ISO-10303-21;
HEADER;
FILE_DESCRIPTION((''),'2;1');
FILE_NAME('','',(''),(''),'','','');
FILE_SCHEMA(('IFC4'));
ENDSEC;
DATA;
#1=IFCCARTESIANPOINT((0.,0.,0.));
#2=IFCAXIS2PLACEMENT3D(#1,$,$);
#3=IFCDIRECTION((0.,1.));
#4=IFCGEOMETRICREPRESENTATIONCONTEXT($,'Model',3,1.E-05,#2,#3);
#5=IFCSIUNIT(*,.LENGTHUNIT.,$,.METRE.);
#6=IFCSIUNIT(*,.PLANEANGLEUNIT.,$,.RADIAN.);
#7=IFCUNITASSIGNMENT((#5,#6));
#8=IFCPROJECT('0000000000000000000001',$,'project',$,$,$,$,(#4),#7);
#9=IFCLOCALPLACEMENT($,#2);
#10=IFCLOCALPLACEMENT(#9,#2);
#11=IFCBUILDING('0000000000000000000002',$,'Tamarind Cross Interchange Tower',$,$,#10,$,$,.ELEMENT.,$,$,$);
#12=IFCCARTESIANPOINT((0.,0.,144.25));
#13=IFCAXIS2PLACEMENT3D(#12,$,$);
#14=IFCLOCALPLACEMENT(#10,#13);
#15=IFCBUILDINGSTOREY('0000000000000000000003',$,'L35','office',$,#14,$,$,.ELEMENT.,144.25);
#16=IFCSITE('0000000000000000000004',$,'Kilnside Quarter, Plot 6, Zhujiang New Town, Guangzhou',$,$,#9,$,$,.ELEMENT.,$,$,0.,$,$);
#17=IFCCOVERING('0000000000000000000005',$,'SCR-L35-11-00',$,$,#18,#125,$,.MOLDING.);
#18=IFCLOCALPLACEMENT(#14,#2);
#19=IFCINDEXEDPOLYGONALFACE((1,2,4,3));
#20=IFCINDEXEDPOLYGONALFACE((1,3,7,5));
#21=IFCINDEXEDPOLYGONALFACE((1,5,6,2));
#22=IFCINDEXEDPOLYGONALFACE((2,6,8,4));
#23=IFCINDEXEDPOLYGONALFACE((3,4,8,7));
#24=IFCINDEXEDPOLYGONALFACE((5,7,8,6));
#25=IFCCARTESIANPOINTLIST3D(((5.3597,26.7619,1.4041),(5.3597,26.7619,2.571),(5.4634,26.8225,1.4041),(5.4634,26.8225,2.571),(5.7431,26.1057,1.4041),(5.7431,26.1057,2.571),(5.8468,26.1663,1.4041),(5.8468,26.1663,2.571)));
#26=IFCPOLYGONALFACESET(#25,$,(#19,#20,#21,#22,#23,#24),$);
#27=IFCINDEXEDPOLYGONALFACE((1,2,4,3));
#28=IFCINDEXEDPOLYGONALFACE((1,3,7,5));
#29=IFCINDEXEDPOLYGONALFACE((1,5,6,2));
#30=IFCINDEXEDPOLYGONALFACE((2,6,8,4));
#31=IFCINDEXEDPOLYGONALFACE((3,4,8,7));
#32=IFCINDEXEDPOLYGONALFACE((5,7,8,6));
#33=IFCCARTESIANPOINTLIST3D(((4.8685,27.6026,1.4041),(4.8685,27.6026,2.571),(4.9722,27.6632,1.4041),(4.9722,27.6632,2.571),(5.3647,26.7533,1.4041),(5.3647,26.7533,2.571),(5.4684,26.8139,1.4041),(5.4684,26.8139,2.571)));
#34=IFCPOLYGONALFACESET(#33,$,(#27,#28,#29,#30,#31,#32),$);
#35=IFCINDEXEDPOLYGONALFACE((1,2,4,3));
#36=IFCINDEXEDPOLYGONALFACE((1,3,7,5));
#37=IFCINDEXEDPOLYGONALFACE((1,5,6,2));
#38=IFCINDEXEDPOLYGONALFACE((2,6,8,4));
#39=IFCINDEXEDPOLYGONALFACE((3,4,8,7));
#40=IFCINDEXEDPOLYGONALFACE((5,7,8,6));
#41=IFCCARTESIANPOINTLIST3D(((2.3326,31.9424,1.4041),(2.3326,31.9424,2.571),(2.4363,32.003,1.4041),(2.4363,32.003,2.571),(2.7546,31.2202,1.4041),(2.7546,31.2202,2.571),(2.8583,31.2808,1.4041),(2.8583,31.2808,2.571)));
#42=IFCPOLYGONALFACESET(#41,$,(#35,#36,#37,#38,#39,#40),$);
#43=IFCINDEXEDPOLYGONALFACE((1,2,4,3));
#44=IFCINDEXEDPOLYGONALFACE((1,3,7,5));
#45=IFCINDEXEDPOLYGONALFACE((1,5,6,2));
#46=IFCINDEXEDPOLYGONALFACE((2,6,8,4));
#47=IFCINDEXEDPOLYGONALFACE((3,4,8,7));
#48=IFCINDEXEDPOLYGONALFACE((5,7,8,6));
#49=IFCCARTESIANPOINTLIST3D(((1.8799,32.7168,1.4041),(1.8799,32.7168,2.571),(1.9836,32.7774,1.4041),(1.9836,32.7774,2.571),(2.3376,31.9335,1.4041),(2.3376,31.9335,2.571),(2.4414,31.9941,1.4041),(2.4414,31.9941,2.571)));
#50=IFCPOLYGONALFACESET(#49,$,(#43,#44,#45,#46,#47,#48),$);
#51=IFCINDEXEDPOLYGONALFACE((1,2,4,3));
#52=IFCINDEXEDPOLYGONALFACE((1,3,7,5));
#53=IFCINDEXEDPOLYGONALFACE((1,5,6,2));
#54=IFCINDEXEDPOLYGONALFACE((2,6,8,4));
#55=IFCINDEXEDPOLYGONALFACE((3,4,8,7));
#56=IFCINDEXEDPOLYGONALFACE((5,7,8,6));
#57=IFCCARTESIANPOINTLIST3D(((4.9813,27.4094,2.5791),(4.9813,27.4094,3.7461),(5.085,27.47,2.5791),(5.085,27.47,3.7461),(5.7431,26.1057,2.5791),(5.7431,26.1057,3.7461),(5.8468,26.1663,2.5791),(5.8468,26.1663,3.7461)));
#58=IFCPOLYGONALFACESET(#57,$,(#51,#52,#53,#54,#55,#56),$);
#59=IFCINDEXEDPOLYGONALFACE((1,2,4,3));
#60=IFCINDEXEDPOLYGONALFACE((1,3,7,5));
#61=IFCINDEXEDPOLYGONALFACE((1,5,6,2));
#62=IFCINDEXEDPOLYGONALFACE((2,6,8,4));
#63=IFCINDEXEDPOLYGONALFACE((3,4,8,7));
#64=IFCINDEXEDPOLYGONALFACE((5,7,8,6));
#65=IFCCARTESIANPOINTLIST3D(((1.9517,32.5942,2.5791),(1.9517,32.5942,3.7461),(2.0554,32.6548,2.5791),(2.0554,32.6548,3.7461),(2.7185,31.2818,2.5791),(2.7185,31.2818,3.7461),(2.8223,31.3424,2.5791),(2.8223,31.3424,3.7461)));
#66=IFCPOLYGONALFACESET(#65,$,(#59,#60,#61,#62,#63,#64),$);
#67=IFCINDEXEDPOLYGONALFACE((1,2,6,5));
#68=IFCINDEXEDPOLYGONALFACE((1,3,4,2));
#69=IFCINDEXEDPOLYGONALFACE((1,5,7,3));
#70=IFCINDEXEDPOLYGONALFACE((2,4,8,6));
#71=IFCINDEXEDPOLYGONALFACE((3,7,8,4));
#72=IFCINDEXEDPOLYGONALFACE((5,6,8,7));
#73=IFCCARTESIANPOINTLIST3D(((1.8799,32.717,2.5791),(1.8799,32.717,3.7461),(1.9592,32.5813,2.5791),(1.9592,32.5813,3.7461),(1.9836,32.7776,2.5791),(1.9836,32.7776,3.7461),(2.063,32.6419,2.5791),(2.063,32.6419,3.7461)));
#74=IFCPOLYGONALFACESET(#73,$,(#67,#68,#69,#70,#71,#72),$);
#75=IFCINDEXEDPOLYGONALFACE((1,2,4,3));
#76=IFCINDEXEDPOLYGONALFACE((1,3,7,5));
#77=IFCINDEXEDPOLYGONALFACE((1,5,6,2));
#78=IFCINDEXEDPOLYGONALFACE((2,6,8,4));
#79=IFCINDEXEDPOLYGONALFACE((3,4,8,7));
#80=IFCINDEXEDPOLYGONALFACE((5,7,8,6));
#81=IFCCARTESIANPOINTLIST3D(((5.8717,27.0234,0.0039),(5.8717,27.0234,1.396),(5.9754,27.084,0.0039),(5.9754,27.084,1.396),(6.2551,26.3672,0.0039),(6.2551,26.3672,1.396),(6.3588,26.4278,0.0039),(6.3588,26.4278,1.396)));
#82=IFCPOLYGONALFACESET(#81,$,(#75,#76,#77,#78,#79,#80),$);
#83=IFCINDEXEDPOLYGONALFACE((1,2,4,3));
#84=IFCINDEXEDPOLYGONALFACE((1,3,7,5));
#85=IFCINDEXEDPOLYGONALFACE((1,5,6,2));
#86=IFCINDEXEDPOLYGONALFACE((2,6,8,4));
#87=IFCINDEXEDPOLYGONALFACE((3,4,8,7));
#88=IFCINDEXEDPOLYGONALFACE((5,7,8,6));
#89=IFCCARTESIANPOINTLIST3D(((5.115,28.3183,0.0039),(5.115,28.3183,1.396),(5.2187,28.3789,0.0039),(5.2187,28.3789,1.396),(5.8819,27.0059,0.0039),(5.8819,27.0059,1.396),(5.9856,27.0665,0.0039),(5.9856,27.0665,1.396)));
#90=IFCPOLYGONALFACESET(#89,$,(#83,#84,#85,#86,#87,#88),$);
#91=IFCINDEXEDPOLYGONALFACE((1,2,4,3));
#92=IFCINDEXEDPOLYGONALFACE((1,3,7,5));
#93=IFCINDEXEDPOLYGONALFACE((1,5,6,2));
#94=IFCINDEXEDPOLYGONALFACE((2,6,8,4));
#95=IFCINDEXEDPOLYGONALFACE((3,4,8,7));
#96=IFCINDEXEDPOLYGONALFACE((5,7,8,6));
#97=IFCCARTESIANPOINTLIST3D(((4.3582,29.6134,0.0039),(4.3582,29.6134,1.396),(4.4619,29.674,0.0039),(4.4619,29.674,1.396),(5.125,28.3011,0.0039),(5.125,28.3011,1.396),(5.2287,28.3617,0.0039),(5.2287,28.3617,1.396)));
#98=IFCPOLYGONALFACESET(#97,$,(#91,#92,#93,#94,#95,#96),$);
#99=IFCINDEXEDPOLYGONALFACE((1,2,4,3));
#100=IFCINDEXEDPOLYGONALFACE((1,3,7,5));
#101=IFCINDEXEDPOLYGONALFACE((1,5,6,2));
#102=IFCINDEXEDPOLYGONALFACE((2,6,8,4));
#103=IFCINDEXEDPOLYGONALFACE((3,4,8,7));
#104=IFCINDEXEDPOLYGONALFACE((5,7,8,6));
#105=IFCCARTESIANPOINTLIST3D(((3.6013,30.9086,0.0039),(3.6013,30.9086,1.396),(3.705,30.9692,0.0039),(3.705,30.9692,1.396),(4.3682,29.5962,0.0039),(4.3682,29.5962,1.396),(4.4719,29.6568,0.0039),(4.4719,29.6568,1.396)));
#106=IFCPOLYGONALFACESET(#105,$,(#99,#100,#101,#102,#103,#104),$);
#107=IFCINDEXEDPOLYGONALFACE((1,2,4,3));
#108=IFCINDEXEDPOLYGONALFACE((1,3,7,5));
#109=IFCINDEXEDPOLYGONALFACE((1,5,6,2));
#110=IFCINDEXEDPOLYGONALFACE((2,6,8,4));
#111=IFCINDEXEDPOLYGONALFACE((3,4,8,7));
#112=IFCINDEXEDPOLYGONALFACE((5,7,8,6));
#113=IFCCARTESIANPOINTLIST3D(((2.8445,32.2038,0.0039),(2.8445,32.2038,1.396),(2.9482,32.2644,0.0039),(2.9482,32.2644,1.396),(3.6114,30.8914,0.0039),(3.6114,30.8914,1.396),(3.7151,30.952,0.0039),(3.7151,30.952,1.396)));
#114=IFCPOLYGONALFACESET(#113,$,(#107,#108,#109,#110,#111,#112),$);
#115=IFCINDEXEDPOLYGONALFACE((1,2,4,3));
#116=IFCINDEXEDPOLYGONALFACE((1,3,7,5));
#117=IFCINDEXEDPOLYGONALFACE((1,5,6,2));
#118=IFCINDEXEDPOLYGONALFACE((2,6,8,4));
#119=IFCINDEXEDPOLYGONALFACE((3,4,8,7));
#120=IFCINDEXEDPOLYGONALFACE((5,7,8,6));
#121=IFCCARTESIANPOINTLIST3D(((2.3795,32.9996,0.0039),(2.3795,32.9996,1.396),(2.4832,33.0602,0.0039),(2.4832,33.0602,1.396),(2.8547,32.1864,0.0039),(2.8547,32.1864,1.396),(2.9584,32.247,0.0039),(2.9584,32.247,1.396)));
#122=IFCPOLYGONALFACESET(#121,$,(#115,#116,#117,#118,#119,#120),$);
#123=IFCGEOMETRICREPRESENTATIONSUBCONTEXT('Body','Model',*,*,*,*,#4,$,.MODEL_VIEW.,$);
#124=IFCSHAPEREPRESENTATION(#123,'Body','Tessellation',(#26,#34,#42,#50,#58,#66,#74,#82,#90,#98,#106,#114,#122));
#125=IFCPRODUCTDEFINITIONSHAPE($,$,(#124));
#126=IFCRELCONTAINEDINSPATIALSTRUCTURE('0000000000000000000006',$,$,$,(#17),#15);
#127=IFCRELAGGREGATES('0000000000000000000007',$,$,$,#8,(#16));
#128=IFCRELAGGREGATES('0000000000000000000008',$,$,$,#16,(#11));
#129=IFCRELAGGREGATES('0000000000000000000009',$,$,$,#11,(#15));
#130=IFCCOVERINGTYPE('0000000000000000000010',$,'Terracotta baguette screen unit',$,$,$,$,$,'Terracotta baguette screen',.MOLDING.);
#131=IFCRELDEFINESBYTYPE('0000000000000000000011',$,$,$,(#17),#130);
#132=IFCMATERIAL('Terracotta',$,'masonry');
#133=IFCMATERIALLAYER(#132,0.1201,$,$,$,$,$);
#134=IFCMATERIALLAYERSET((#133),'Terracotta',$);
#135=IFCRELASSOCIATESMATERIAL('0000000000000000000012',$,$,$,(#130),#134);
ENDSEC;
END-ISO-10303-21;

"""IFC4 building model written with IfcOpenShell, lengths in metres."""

from ifc_helpers import new_model, si_unit, direction, frame, origin, origin_2d, place, context, subcontext, project, spatial, rectangle, extrude, material, layer, layer_set, type_object, element, save


model = new_model("IFC4")

# Units and contexts
model_context = context("Model", 3, precision=1e-05, world=origin(), true_north=direction((0.0, 1.0)))
body_context = subcontext(model_context, "Body", "Model", "MODEL_VIEW")
ifc_project = project(units=[si_unit("LENGTHUNIT", "METRE"), si_unit("PLANEANGLEUNIT", "RADIAN")], contexts=[model_context])

# Site, building, storey
site_placement = place(None, origin())
site = spatial("IfcSite", under=ifc_project, at=site_placement, Name="Kilnside Quarter, Plot 6, Zhujiang New Town, Guangzhou", CompositionType="ELEMENT", RefElevation=0.0)
building_placement = place(site_placement, origin())
building = spatial("IfcBuilding", under=site, at=building_placement, Name="Tamarind Cross Interchange Tower", CompositionType="ELEMENT")
storey_placement = place(building_placement, frame((0.0, 0.0, 144.25)))
storey = spatial("IfcBuildingStorey", under=building, at=storey_placement, Name="L35", Description="office", CompositionType="ELEMENT", Elevation=144.25)

# Covering
ifc_material_1 = material(Name="Terracotta", Category="masonry")
ifc_layer_1 = layer(ifc_material_1, 0.1201)
ifc_layer_set_1 = layer_set([ifc_layer_1], Name="Terracotta")
covering_type = type_object("IfcCoveringType", Name="Terracotta baguette screen unit", ElementType="Terracotta baguette screen", PredefinedType="MOLDING", material=ifc_layer_set_1)
covering_1_placement = place(storey_placement, origin())
element("IfcCovering", 1, at=covering_1_placement, inside=storey, type_object=covering_type, Name="SCR-L35-11-00", PredefinedType="MOLDING", context=body_context, shape_type="SweptSolid", body=[
    extrude(rectangle(XDim=0.76, YDim=0.1201, at=origin_2d()), frame((5.6033, 26.4641, 1.4041), z_axis=(0.0, 0.0, 1.0), x_axis=(-0.504516, 0.863403, 0.0)), (0.0, 0.0, 1.0), 1.167),
    extrude(rectangle(XDim=0.9836, YDim=0.1201, at=origin_2d()), frame((5.1685, 27.2083, 1.4041), z_axis=(0.0, 0.0, 1.0), x_axis=(-0.504516, 0.863403, 0.0)), (0.0, 0.0, 1.0), 1.167),
    extrude(rectangle(XDim=0.8364, YDim=0.1201, at=origin_2d()), frame((2.5955, 31.6116, 1.4041), z_axis=(0.0, 0.0, 1.0), x_axis=(-0.504516, 0.863403, 0.0)), (0.0, 0.0, 1.0), 1.167),
    extrude(rectangle(XDim=0.9072, YDim=0.1201, at=origin_2d()), frame((2.1606, 32.3555, 1.4041), z_axis=(0.0, 0.0, 1.0), x_axis=(-0.504516, 0.863403, 0.0)), (0.0, 0.0, 1.0), 1.167),
    extrude(rectangle(XDim=1.51, YDim=0.1201, at=origin_2d()), frame((5.4141, 26.7878, 2.5791), z_axis=(0.0, 0.0, 1.0), x_axis=(-0.504516, 0.863403, 0.0)), (0.0, 0.0, 1.0), 1.167),
    extrude(rectangle(XDim=1.52, YDim=0.1201, at=origin_2d()), frame((2.387, 31.9683, 2.5791), z_axis=(0.0, 0.0, 1.0), x_axis=(-0.504516, 0.863403, 0.0)), (0.0, 0.0, 1.0), 1.167),
    extrude(rectangle(XDim=0.1572, YDim=0.1201, at=origin_2d()), frame((1.9714, 32.6794, 2.5791), z_axis=(0.0, 0.0, 1.0), x_axis=(-0.504516, 0.863403, 0.0)), (0.0, 0.0, 1.0), 1.167),
    extrude(rectangle(XDim=0.76, YDim=0.1201, at=origin_2d()), frame((6.1152, 26.7256, 0.0039), z_axis=(0.0, 0.0, 1.0), x_axis=(-0.504516, 0.863403, 0.0)), (0.0, 0.0, 1.0), 1.3921),
    extrude(rectangle(XDim=1.52, YDim=0.1201, at=origin_2d()), frame((5.5503, 27.6924, 0.0039), z_axis=(0.0, 0.0, 1.0), x_axis=(-0.504516, 0.863403, 0.0)), (0.0, 0.0, 1.0), 1.3921),
    extrude(rectangle(XDim=1.52, YDim=0.1201, at=origin_2d()), frame((4.7935, 28.9875, 0.0039), z_axis=(0.0, 0.0, 1.0), x_axis=(-0.504516, 0.863403, 0.0)), (0.0, 0.0, 1.0), 1.3921),
    extrude(rectangle(XDim=1.52, YDim=0.1201, at=origin_2d()), frame((4.0366, 30.2827, 0.0039), z_axis=(0.0, 0.0, 1.0), x_axis=(-0.504516, 0.863403, 0.0)), (0.0, 0.0, 1.0), 1.3921),
    extrude(rectangle(XDim=1.52, YDim=0.1201, at=origin_2d()), frame((3.2798, 31.5779, 0.0039), z_axis=(0.0, 0.0, 1.0), x_axis=(-0.504516, 0.863403, 0.0)), (0.0, 0.0, 1.0), 1.3921),
    extrude(rectangle(XDim=0.9419, YDim=0.1201, at=origin_2d()), frame((2.6689, 32.6233, 0.0039), z_axis=(0.0, 0.0, 1.0), x_axis=(-0.504516, 0.863403, 0.0)), (0.0, 0.0, 1.0), 1.3921),
])

save(model, "model.ifc")
